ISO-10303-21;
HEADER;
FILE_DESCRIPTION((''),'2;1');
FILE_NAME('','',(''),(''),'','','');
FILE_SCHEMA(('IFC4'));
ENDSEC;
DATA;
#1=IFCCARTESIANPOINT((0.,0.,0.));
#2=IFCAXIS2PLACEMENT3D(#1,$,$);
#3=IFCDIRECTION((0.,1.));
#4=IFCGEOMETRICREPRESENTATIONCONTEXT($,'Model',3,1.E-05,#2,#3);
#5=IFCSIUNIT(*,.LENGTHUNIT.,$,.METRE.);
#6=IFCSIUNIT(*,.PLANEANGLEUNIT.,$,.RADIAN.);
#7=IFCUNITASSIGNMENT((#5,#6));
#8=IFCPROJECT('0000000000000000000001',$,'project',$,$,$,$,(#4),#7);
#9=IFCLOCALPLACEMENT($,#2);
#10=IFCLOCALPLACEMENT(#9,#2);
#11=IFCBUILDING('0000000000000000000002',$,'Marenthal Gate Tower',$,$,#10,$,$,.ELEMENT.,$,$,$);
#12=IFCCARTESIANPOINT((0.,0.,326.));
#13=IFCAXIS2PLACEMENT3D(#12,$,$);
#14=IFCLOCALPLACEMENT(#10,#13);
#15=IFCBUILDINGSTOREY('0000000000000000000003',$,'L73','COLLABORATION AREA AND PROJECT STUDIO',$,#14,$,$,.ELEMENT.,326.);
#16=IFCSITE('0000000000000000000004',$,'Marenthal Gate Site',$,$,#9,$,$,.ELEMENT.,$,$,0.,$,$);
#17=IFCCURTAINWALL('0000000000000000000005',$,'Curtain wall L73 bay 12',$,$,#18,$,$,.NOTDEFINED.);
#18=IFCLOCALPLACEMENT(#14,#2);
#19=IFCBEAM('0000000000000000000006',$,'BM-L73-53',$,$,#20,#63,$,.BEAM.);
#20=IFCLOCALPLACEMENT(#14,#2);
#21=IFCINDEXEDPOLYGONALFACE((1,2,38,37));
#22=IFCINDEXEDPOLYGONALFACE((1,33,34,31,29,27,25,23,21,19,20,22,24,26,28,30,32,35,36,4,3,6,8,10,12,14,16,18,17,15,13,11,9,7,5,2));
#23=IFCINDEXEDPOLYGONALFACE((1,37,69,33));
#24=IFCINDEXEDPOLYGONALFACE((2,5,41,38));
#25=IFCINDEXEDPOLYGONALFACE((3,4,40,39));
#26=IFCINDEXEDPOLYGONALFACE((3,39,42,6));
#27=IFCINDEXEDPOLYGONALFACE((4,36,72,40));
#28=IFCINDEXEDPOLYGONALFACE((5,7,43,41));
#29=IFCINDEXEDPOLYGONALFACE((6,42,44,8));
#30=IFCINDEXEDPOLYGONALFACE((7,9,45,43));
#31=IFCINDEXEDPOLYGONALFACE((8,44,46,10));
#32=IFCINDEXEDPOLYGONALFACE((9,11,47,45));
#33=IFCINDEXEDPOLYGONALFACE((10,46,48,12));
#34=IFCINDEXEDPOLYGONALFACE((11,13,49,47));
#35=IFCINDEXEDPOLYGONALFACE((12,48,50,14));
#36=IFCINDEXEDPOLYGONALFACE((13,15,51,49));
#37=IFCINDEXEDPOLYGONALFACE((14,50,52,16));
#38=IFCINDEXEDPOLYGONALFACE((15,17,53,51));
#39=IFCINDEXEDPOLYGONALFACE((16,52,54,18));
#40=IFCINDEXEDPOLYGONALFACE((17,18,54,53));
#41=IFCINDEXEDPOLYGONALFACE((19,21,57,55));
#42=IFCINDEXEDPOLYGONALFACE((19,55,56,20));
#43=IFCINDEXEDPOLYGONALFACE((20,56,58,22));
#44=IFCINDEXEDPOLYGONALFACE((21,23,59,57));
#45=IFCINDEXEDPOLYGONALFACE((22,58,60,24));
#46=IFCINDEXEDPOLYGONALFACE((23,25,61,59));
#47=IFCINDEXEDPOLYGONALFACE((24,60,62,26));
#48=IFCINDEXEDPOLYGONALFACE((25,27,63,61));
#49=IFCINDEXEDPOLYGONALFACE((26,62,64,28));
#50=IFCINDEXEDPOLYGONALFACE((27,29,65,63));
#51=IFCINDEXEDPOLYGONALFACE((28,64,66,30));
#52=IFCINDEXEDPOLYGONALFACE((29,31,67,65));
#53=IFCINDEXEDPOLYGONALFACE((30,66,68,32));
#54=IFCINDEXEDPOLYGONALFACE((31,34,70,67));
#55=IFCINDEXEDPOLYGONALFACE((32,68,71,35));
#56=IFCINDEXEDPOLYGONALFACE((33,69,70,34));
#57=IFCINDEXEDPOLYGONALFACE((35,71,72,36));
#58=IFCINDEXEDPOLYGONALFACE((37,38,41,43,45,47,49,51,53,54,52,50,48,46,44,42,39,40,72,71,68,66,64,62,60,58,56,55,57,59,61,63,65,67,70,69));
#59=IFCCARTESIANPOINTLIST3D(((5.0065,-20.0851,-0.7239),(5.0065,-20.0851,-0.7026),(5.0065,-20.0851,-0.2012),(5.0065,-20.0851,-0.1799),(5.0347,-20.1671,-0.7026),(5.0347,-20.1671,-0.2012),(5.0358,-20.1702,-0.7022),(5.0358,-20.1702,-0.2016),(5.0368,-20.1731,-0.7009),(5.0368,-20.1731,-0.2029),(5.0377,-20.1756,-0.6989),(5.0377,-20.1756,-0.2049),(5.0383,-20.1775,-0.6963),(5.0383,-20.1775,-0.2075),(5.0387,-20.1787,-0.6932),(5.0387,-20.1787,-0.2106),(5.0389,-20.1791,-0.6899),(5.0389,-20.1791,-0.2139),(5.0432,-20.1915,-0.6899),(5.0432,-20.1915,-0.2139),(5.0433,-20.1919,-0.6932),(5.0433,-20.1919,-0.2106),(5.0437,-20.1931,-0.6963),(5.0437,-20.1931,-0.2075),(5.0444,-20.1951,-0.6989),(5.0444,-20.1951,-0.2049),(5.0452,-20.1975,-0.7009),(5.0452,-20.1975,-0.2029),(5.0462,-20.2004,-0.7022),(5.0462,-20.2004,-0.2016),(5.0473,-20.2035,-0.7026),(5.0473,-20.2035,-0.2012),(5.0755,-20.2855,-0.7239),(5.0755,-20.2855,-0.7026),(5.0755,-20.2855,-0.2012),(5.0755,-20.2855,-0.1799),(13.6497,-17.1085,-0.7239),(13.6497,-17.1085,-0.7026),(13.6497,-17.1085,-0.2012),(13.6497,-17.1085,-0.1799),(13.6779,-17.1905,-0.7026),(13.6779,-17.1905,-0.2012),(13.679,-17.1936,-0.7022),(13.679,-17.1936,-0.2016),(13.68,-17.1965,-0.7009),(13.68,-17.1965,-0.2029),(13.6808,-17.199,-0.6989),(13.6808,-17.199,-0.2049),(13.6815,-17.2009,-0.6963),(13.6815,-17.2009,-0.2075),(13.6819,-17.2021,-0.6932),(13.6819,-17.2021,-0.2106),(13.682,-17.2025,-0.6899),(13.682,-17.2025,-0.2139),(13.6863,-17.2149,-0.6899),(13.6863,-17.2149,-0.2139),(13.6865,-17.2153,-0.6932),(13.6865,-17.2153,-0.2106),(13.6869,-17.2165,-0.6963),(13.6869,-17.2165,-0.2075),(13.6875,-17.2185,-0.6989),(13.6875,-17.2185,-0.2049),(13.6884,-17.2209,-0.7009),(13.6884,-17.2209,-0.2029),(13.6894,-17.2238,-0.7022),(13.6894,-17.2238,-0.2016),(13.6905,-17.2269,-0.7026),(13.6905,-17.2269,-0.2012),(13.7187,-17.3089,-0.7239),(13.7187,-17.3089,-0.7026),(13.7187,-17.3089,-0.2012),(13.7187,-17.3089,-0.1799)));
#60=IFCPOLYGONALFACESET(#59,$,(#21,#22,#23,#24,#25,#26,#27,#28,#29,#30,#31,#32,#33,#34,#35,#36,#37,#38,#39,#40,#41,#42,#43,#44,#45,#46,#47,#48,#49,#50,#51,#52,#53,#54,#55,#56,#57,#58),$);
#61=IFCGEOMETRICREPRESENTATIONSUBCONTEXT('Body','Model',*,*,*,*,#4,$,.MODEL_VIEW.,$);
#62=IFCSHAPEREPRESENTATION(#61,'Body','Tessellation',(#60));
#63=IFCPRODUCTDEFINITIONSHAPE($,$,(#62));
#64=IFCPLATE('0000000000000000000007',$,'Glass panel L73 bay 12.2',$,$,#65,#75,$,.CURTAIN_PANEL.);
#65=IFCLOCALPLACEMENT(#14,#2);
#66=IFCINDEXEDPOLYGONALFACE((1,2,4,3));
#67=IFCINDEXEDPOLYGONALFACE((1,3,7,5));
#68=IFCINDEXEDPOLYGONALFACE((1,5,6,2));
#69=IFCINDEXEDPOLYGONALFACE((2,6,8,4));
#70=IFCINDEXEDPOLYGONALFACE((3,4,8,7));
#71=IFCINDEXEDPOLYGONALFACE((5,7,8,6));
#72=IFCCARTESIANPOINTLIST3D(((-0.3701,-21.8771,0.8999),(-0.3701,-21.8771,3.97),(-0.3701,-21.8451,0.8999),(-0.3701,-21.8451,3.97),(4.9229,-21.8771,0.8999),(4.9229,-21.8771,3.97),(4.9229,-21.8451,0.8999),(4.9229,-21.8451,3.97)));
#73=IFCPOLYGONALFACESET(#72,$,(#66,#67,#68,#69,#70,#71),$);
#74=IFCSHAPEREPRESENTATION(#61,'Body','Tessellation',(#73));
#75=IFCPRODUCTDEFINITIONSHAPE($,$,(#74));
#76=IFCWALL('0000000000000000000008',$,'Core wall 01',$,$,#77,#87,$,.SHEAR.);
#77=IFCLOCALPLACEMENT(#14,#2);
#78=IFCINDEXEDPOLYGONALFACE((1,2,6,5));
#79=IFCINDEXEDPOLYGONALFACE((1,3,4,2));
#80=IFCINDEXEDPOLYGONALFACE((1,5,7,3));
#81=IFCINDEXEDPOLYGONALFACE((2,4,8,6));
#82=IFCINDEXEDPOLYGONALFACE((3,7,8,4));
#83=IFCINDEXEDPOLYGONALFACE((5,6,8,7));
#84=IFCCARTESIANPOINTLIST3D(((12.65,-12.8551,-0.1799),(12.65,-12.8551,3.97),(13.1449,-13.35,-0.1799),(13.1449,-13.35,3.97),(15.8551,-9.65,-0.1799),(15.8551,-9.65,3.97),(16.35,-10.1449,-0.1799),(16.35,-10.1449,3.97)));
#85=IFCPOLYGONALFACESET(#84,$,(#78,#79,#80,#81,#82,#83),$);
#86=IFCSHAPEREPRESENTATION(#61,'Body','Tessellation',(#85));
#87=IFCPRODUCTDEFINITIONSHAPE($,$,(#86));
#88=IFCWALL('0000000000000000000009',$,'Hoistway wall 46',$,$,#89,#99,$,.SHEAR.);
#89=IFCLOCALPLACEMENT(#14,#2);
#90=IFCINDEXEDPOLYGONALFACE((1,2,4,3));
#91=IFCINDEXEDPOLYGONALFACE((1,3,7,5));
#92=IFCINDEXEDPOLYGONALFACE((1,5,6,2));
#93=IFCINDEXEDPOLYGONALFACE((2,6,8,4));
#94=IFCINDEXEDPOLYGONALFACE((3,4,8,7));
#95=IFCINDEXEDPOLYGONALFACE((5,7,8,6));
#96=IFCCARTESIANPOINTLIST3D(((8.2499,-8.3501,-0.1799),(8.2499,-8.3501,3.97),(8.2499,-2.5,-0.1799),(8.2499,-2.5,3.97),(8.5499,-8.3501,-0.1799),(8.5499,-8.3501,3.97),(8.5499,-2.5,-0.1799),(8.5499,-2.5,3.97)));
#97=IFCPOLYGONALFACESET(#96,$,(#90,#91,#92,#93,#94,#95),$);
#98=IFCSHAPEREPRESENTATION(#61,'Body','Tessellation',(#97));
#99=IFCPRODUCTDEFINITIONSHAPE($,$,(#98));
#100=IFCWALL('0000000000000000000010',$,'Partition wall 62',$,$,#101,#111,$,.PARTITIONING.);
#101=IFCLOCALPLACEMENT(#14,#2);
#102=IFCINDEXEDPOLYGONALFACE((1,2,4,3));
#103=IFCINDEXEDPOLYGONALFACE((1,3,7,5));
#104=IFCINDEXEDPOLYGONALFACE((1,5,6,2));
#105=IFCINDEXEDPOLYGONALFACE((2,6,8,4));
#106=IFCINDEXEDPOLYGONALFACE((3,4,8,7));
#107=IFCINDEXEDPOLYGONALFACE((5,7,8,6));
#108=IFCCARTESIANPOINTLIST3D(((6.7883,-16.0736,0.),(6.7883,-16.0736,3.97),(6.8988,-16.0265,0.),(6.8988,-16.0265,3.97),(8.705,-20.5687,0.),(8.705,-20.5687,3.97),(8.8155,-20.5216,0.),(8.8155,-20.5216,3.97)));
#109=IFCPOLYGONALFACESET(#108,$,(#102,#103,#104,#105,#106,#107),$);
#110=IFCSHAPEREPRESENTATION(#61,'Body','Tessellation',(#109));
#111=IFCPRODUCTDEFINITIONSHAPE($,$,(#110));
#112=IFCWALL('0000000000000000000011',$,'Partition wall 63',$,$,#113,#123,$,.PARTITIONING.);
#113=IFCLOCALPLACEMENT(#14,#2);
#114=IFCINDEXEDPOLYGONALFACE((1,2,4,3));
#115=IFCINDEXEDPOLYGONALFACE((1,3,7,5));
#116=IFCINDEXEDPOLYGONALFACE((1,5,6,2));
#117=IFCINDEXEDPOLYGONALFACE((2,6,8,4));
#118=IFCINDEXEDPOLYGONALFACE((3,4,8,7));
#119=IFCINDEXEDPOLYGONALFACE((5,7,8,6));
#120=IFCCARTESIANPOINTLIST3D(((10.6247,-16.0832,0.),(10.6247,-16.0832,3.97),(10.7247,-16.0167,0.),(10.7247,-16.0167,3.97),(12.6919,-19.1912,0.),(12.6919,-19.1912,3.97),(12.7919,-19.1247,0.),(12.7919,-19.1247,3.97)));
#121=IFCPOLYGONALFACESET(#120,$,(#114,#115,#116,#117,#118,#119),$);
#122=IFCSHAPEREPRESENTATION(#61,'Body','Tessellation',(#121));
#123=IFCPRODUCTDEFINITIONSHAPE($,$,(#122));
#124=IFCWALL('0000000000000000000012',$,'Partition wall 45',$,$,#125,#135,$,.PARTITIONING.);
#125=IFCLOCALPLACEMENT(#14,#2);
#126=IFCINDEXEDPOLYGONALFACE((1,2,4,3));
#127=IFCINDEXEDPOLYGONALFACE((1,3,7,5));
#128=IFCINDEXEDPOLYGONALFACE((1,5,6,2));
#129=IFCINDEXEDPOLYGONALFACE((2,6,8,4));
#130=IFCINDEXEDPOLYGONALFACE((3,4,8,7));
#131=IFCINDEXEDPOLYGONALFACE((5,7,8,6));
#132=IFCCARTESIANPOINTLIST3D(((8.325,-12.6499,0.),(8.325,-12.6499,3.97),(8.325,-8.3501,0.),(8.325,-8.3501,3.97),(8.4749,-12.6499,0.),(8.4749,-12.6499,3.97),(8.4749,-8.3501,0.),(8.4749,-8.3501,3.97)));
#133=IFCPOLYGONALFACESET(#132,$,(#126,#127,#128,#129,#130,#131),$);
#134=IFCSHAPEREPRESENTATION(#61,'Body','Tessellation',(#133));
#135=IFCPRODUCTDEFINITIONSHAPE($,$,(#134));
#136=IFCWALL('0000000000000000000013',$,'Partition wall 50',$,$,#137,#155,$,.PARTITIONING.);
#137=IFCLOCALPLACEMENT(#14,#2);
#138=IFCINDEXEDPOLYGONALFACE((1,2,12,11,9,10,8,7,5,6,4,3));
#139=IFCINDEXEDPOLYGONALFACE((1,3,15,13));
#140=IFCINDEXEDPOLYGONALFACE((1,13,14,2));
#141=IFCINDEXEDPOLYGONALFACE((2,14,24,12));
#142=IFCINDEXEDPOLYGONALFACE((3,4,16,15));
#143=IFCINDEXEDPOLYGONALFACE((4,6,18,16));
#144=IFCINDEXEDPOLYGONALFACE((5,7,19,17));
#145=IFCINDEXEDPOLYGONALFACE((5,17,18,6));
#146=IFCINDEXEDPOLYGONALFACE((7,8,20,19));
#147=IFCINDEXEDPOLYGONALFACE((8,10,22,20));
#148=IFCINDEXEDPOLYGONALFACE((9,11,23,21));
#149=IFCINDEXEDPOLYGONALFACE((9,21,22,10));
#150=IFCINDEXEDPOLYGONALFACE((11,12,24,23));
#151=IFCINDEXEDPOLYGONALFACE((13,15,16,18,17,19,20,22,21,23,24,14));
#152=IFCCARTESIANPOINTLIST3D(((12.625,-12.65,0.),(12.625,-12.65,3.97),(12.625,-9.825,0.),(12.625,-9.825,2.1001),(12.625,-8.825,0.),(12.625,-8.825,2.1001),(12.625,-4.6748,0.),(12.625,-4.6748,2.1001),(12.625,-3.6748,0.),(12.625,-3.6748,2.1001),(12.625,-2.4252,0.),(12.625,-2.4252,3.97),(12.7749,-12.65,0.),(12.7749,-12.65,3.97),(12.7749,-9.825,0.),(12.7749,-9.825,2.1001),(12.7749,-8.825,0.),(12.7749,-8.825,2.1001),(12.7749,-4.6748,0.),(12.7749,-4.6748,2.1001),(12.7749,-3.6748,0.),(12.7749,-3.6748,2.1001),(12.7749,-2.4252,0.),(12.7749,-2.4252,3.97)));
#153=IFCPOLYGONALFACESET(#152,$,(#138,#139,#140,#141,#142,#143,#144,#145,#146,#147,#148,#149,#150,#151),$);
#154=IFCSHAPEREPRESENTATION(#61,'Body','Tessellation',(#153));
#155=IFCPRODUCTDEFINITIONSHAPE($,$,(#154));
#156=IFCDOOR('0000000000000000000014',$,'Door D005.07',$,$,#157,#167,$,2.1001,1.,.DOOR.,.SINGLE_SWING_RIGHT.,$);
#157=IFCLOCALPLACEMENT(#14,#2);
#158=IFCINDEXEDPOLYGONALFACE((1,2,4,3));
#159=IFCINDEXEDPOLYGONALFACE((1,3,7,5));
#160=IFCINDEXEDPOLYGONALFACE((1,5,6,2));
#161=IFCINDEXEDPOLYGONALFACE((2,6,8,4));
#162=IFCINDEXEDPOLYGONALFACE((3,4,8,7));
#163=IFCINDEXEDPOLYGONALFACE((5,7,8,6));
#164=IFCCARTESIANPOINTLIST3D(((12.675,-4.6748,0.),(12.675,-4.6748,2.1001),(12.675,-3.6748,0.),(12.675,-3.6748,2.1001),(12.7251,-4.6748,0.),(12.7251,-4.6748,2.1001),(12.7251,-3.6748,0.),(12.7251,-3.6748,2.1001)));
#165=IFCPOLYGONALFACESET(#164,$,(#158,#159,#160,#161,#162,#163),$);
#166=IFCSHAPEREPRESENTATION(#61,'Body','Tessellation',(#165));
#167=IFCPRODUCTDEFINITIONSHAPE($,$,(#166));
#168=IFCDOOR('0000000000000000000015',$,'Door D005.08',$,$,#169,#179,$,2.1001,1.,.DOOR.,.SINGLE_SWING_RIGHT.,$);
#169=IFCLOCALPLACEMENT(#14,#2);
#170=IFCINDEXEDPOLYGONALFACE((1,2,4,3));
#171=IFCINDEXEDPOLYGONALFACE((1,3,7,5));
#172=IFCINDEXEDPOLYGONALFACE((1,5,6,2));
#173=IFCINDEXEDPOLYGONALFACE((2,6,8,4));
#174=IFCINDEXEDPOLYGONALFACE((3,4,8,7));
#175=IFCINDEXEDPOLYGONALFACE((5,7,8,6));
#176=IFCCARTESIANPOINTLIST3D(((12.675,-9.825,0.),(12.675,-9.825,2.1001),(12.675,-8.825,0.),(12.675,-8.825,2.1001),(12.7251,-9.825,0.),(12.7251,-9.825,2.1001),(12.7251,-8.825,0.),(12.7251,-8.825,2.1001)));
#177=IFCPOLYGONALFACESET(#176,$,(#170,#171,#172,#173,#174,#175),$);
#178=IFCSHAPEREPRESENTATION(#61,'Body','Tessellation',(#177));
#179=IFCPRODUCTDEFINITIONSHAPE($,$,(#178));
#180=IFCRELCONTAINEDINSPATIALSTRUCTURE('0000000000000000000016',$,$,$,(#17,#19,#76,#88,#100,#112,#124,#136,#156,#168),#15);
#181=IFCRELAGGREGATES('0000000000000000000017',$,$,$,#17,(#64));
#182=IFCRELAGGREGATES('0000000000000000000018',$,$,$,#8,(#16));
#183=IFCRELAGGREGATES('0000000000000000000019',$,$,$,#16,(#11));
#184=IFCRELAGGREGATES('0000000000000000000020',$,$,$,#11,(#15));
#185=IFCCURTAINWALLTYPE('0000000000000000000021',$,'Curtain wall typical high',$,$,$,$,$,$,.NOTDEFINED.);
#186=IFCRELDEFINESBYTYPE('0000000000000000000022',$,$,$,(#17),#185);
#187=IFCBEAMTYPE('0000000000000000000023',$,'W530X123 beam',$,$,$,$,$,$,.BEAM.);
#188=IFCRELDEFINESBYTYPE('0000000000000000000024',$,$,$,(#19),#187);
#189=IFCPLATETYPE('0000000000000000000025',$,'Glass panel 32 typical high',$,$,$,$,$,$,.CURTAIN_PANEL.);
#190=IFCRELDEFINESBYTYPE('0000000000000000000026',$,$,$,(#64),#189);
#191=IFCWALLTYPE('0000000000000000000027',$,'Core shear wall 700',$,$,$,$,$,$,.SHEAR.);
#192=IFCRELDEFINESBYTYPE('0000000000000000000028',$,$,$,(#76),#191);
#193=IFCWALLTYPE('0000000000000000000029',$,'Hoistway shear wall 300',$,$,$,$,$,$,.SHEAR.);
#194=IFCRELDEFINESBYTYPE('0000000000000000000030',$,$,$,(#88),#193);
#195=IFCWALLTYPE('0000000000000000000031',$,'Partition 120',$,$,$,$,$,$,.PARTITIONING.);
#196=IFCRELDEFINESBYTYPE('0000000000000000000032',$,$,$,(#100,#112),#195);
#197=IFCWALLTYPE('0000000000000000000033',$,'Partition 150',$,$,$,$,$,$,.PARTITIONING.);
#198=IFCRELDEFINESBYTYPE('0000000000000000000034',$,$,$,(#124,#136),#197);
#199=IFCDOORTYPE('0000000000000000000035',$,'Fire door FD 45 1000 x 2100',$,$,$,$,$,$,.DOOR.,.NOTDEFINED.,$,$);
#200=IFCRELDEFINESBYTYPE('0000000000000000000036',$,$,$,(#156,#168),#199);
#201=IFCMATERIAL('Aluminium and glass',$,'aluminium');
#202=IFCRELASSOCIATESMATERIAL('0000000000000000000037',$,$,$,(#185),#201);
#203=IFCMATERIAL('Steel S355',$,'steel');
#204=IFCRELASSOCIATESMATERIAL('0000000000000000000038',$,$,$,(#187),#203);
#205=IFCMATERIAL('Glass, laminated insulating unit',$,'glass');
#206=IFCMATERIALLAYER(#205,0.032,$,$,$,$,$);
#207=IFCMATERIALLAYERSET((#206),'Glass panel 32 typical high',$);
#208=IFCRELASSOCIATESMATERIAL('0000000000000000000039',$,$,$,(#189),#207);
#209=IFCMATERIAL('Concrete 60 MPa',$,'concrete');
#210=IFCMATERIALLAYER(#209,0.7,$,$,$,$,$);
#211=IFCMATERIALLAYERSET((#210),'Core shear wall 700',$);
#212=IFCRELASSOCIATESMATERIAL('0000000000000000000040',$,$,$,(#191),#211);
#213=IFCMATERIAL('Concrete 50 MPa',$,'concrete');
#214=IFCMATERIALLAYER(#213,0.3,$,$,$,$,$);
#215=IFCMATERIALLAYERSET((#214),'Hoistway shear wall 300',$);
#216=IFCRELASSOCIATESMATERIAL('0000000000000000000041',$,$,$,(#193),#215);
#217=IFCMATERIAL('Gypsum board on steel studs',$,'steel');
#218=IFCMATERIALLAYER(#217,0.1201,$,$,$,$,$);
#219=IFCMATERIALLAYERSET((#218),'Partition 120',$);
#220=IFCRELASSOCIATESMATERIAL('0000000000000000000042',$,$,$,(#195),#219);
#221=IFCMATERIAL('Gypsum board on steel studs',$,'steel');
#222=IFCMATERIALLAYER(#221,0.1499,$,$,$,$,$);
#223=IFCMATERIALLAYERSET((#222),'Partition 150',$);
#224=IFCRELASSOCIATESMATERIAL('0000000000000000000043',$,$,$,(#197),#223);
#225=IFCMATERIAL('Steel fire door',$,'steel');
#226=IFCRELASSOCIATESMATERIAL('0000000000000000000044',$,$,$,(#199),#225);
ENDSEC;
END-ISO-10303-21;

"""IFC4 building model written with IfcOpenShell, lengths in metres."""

from ifc_helpers import new_model, si_unit, direction, frame, frame_2d, origin, origin_2d, place, context, subcontext, project, spatial, rectangle, i_section, extrude, material, layer, layer_set, material_profile, profile_set, type_object, element, fill, aggregate, save


model = new_model("IFC4")

# Units and contexts
model_context = context("Model", 3, precision=1e-05, world=origin(), true_north=direction((0.0, 1.0)))
body_context = subcontext(model_context, "Body", "Model", "MODEL_VIEW")
ifc_project = project(units=[si_unit("LENGTHUNIT", "METRE"), si_unit("PLANEANGLEUNIT", "RADIAN")], contexts=[model_context])

# Site, building, storey
site_placement = place(None, origin())
site = spatial("IfcSite", under=ifc_project, at=site_placement, Name="Marenthal Gate Site", CompositionType="ELEMENT", RefElevation=0.0)
building_placement = place(site_placement, origin())
building = spatial("IfcBuilding", under=site, at=building_placement, Name="Marenthal Gate Tower", CompositionType="ELEMENT")
storey_placement = place(building_placement, frame((0.0, 0.0, 326.0)))
storey = spatial("IfcBuildingStorey", under=building, at=storey_placement, Name="L73", Description="COLLABORATION AREA AND PROJECT STUDIO", CompositionType="ELEMENT", Elevation=326.0)

# Curtain wall
ifc_material_1 = material(Name="Aluminium and glass", Category="aluminium")
curtain_wall_type = type_object("IfcCurtainWallType", Name="Curtain wall typical high", PredefinedType="NOTDEFINED", material=ifc_material_1)
curtain_wall_placement = place(storey_placement, origin())
curtain_wall = element("IfcCurtainWall", 1, at=curtain_wall_placement, inside=storey, type_object=curtain_wall_type, Name="Curtain wall L73 bay 12", PredefinedType="NOTDEFINED")

# Beam
ifc_material_2 = material(Name="Steel S355", Category="steel")
ifc_material_profile_1 = material_profile(ifc_material_2, i_section(OverallWidth=0.2119, OverallDepth=0.5439, WebThickness=0.0132, FlangeThickness=0.0212, FilletRadius=0.0127, at=origin_2d()), Name="W530X123")
ifc_profile_set_1 = profile_set([ifc_material_profile_1], Name="Steel S355")
beam_type_1 = type_object("IfcBeamType", Name="W530X123 beam", PredefinedType="BEAM", material=ifc_profile_set_1)
beam_1_placement = place(storey_placement, frame((5.041, -20.1853, -0.4519), z_axis=(0.945501, 0.325619, 0.0), x_axis=(-0.325619, 0.945501, 0.0)))
element("IfcBeam", 2, at=beam_1_placement, inside=storey, type_object=beam_type_1, Name="BM-L73-53", PredefinedType="BEAM", context=body_context, shape_type="SweptSolid", body=[
    extrude(i_section(OverallWidth=0.2119, OverallDepth=0.5439, WebThickness=0.0132, FlangeThickness=0.0212, FilletRadius=0.0127, at=origin_2d()), origin(), (0.0, 0.0, 1.0), 9.1414),
])

# Plate
ifc_material_3 = material(Name="Glass, laminated insulating unit", Category="glass")
ifc_layer_1 = layer(ifc_material_3, 0.032)
ifc_layer_set_1 = layer_set([ifc_layer_1], Name="Glass panel 32 typical high")
plate_type = type_object("IfcPlateType", Name="Glass panel 32 typical high", PredefinedType="CURTAIN_PANEL", material=ifc_layer_set_1)
plate_placement = place(storey_placement, frame((2.2764, -21.8611, 0.8999), z_axis=(0.0, 0.0, 1.0), x_axis=(1.0, 0.0, 0.0)))
plate = element("IfcPlate", 3, at=plate_placement, type_object=plate_type, Name="Glass panel L73 bay 12.2", PredefinedType="CURTAIN_PANEL", context=body_context, shape_type="SweptSolid", body=[
    extrude(rectangle(XDim=5.293, YDim=0.032, at=origin_2d()), origin(), (0.0, 0.0, 1.0), 3.0701),
])
aggregate(curtain_wall, [plate])

# Walls
ifc_material_4 = material(Name="Concrete 60 MPa", Category="concrete")
ifc_layer_2 = layer(ifc_material_4, 0.7)
ifc_layer_set_2 = layer_set([ifc_layer_2], Name="Core shear wall 700")
wall_type_1 = type_object("IfcWallType", Name="Core shear wall 700", PredefinedType="SHEAR", material=ifc_layer_set_2)
wall_1_placement = place(storey_placement, frame((12.8975, -13.1025, -0.1799), z_axis=(0.0, 0.0, 1.0), x_axis=(0.707107, 0.707107, 0.0)))
element("IfcWall", 4, at=wall_1_placement, inside=storey, type_object=wall_type_1, Name="Core wall 01", PredefinedType="SHEAR", context=body_context, shape_type="SweptSolid", body=[
    extrude(rectangle(XDim=4.5327, YDim=0.7, at=frame_2d((2.2664, 0.0))), origin(), (0.0, 0.0, 1.0), 4.1499),
])
ifc_material_5 = material(Name="Concrete 50 MPa", Category="concrete")
ifc_layer_3 = layer(ifc_material_5, 0.3)
ifc_layer_set_3 = layer_set([ifc_layer_3], Name="Hoistway shear wall 300")
wall_type_2 = type_object("IfcWallType", Name="Hoistway shear wall 300", PredefinedType="SHEAR", material=ifc_layer_set_3)
wall_2_placement = place(storey_placement, frame((8.3999, -8.3501, -0.1799), z_axis=(0.0, 0.0, 1.0), x_axis=(0.0, 1.0, 0.0)))
element("IfcWall", 5, at=wall_2_placement, inside=storey, type_object=wall_type_2, Name="Hoistway wall 46", PredefinedType="SHEAR", context=body_context, shape_type="SweptSolid", body=[
    extrude(rectangle(XDim=5.8501, YDim=0.3, at=frame_2d((2.925, 0.0))), origin(), (0.0, 0.0, 1.0), 4.1499),
])
ifc_material_6 = material(Name="Gypsum board on steel studs", Category="steel")
ifc_layer_4 = layer(ifc_material_6, 0.1201)
ifc_layer_set_4 = layer_set([ifc_layer_4], Name="Partition 120")
wall_type_3 = type_object("IfcWallType", Name="Partition 120", PredefinedType="PARTITIONING", material=ifc_layer_set_4)
wall_3_placement = place(storey_placement, frame((6.8435, -16.05, 0.0), z_axis=(0.0, 0.0, 1.0), x_axis=(0.392236, -0.919864, 0.0)))
element("IfcWall", 6, at=wall_3_placement, inside=storey, type_object=wall_type_3, Name="Partition wall 62", PredefinedType="PARTITIONING", context=body_context, shape_type="SweptSolid", body=[
    extrude(rectangle(XDim=4.8867, YDim=0.1201, at=frame_2d((2.4434, 0.0))), origin(), (0.0, 0.0, 1.0), 3.97),
])
wall_4_placement = place(storey_placement, frame((10.6748, -16.05, 0.0), z_axis=(0.0, 0.0, 1.0), x_axis=(0.553809, -0.832644, 0.0)))
element("IfcWall", 7, at=wall_4_placement, inside=storey, type_object=wall_type_3, Name="Partition wall 63", PredefinedType="PARTITIONING", context=body_context, shape_type="SweptSolid", body=[
    extrude(rectangle(XDim=3.7327, YDim=0.1201, at=frame_2d((1.8662, 0.0))), origin(), (0.0, 0.0, 1.0), 3.97),
])
ifc_material_7 = material(Name="Gypsum board on steel studs", Category="steel")
ifc_layer_5 = layer(ifc_material_7, 0.1499)
ifc_layer_set_5 = layer_set([ifc_layer_5], Name="Partition 150")
wall_type_4 = type_object("IfcWallType", Name="Partition 150", PredefinedType="PARTITIONING", material=ifc_layer_set_5)
wall_5_placement = place(storey_placement, frame((8.3999, -12.6499, 0.0), z_axis=(0.0, 0.0, 1.0), x_axis=(0.0, 1.0, 0.0)))
element("IfcWall", 8, at=wall_5_placement, inside=storey, type_object=wall_type_4, Name="Partition wall 45", PredefinedType="PARTITIONING", context=body_context, shape_type="SweptSolid", body=[
    extrude(rectangle(XDim=4.2998, YDim=0.1499, at=frame_2d((2.1499, 0.0))), origin(), (0.0, 0.0, 1.0), 3.97),
])

# Wall, openings, doors
wall_6_placement = place(storey_placement, frame((12.7, -12.6499, 0.0), z_axis=(0.0, 0.0, 1.0), x_axis=(0.0, 1.0, 0.0)))
wall_6 = element("IfcWall", 9, at=wall_6_placement, inside=storey, type_object=wall_type_4, Name="Partition wall 50", PredefinedType="PARTITIONING", context=body_context, shape_type="SweptSolid", body=[
    extrude(rectangle(XDim=10.2249, YDim=0.1499, at=frame_2d((5.1123, 0.0))), origin(), (0.0, 0.0, 1.0), 3.97),
])
opening_1_placement = place(wall_6_placement, frame((7.9751, 0.0, 0.0)))
opening_1 = element("IfcOpeningElement", 10, at=opening_1_placement, cuts=wall_6, PredefinedType="OPENING", context=body_context, shape_type="SweptSolid", body=[
    extrude(rectangle(XDim=1.0, YDim=2.1001, at=frame_2d((0.5, 1.05))), frame((0.0, 0.085, 0.0), z_axis=(0.0, -1.0, 0.0), x_axis=(1.0, 0.0, 0.0)), (0.0, 0.0, 1.0), 0.1699),
])
opening_2_placement = place(wall_6_placement, frame((2.825, 0.0, 0.0)))
opening_2 = element("IfcOpeningElement", 11, at=opening_2_placement, cuts=wall_6, PredefinedType="OPENING", context=body_context, shape_type="SweptSolid", body=[
    extrude(rectangle(XDim=1.0, YDim=2.1001, at=frame_2d((0.5, 1.05))), frame((0.0, 0.085, 0.0), z_axis=(0.0, -1.0, 0.0), x_axis=(1.0, 0.0, 0.0)), (0.0, 0.0, 1.0), 0.1699),
])
ifc_material_8 = material(Name="Steel fire door", Category="steel")
door_type_1 = type_object("IfcDoorType", Name="Fire door FD 45 1000 x 2100", OperationType="NOTDEFINED", PredefinedType="DOOR", material=ifc_material_8)
door_1_placement = place(opening_1_placement, origin())
door_1 = element("IfcDoor", 12, at=door_1_placement, inside=storey, type_object=door_type_1, Name="Door D005.07", OperationType="SINGLE_SWING_RIGHT", OverallHeight=2.1001, OverallWidth=1.0, PredefinedType="DOOR", context=body_context, shape_type="SweptSolid", body=[
    extrude(rectangle(XDim=1.0, YDim=2.1001, at=frame_2d((0.5, 1.05))), frame((0.0, 0.0249, 0.0), z_axis=(0.0, -1.0, 0.0), x_axis=(1.0, 0.0, 0.0)), (0.0, 0.0, 1.0), 0.05),
])
fill(opening_1, door_1)
door_2_placement = place(opening_2_placement, origin())
door_2 = element("IfcDoor", 13, at=door_2_placement, inside=storey, type_object=door_type_1, Name="Door D005.08", OperationType="SINGLE_SWING_RIGHT", OverallHeight=2.1001, OverallWidth=1.0, PredefinedType="DOOR", context=body_context, shape_type="SweptSolid", body=[
    extrude(rectangle(XDim=1.0, YDim=2.1001, at=frame_2d((0.5, 1.05))), frame((0.0, 0.0249, 0.0), z_axis=(0.0, -1.0, 0.0), x_axis=(1.0, 0.0, 0.0)), (0.0, 0.0, 1.0), 0.05),
])
fill(opening_2, door_2)

save(model, "model.ifc")
